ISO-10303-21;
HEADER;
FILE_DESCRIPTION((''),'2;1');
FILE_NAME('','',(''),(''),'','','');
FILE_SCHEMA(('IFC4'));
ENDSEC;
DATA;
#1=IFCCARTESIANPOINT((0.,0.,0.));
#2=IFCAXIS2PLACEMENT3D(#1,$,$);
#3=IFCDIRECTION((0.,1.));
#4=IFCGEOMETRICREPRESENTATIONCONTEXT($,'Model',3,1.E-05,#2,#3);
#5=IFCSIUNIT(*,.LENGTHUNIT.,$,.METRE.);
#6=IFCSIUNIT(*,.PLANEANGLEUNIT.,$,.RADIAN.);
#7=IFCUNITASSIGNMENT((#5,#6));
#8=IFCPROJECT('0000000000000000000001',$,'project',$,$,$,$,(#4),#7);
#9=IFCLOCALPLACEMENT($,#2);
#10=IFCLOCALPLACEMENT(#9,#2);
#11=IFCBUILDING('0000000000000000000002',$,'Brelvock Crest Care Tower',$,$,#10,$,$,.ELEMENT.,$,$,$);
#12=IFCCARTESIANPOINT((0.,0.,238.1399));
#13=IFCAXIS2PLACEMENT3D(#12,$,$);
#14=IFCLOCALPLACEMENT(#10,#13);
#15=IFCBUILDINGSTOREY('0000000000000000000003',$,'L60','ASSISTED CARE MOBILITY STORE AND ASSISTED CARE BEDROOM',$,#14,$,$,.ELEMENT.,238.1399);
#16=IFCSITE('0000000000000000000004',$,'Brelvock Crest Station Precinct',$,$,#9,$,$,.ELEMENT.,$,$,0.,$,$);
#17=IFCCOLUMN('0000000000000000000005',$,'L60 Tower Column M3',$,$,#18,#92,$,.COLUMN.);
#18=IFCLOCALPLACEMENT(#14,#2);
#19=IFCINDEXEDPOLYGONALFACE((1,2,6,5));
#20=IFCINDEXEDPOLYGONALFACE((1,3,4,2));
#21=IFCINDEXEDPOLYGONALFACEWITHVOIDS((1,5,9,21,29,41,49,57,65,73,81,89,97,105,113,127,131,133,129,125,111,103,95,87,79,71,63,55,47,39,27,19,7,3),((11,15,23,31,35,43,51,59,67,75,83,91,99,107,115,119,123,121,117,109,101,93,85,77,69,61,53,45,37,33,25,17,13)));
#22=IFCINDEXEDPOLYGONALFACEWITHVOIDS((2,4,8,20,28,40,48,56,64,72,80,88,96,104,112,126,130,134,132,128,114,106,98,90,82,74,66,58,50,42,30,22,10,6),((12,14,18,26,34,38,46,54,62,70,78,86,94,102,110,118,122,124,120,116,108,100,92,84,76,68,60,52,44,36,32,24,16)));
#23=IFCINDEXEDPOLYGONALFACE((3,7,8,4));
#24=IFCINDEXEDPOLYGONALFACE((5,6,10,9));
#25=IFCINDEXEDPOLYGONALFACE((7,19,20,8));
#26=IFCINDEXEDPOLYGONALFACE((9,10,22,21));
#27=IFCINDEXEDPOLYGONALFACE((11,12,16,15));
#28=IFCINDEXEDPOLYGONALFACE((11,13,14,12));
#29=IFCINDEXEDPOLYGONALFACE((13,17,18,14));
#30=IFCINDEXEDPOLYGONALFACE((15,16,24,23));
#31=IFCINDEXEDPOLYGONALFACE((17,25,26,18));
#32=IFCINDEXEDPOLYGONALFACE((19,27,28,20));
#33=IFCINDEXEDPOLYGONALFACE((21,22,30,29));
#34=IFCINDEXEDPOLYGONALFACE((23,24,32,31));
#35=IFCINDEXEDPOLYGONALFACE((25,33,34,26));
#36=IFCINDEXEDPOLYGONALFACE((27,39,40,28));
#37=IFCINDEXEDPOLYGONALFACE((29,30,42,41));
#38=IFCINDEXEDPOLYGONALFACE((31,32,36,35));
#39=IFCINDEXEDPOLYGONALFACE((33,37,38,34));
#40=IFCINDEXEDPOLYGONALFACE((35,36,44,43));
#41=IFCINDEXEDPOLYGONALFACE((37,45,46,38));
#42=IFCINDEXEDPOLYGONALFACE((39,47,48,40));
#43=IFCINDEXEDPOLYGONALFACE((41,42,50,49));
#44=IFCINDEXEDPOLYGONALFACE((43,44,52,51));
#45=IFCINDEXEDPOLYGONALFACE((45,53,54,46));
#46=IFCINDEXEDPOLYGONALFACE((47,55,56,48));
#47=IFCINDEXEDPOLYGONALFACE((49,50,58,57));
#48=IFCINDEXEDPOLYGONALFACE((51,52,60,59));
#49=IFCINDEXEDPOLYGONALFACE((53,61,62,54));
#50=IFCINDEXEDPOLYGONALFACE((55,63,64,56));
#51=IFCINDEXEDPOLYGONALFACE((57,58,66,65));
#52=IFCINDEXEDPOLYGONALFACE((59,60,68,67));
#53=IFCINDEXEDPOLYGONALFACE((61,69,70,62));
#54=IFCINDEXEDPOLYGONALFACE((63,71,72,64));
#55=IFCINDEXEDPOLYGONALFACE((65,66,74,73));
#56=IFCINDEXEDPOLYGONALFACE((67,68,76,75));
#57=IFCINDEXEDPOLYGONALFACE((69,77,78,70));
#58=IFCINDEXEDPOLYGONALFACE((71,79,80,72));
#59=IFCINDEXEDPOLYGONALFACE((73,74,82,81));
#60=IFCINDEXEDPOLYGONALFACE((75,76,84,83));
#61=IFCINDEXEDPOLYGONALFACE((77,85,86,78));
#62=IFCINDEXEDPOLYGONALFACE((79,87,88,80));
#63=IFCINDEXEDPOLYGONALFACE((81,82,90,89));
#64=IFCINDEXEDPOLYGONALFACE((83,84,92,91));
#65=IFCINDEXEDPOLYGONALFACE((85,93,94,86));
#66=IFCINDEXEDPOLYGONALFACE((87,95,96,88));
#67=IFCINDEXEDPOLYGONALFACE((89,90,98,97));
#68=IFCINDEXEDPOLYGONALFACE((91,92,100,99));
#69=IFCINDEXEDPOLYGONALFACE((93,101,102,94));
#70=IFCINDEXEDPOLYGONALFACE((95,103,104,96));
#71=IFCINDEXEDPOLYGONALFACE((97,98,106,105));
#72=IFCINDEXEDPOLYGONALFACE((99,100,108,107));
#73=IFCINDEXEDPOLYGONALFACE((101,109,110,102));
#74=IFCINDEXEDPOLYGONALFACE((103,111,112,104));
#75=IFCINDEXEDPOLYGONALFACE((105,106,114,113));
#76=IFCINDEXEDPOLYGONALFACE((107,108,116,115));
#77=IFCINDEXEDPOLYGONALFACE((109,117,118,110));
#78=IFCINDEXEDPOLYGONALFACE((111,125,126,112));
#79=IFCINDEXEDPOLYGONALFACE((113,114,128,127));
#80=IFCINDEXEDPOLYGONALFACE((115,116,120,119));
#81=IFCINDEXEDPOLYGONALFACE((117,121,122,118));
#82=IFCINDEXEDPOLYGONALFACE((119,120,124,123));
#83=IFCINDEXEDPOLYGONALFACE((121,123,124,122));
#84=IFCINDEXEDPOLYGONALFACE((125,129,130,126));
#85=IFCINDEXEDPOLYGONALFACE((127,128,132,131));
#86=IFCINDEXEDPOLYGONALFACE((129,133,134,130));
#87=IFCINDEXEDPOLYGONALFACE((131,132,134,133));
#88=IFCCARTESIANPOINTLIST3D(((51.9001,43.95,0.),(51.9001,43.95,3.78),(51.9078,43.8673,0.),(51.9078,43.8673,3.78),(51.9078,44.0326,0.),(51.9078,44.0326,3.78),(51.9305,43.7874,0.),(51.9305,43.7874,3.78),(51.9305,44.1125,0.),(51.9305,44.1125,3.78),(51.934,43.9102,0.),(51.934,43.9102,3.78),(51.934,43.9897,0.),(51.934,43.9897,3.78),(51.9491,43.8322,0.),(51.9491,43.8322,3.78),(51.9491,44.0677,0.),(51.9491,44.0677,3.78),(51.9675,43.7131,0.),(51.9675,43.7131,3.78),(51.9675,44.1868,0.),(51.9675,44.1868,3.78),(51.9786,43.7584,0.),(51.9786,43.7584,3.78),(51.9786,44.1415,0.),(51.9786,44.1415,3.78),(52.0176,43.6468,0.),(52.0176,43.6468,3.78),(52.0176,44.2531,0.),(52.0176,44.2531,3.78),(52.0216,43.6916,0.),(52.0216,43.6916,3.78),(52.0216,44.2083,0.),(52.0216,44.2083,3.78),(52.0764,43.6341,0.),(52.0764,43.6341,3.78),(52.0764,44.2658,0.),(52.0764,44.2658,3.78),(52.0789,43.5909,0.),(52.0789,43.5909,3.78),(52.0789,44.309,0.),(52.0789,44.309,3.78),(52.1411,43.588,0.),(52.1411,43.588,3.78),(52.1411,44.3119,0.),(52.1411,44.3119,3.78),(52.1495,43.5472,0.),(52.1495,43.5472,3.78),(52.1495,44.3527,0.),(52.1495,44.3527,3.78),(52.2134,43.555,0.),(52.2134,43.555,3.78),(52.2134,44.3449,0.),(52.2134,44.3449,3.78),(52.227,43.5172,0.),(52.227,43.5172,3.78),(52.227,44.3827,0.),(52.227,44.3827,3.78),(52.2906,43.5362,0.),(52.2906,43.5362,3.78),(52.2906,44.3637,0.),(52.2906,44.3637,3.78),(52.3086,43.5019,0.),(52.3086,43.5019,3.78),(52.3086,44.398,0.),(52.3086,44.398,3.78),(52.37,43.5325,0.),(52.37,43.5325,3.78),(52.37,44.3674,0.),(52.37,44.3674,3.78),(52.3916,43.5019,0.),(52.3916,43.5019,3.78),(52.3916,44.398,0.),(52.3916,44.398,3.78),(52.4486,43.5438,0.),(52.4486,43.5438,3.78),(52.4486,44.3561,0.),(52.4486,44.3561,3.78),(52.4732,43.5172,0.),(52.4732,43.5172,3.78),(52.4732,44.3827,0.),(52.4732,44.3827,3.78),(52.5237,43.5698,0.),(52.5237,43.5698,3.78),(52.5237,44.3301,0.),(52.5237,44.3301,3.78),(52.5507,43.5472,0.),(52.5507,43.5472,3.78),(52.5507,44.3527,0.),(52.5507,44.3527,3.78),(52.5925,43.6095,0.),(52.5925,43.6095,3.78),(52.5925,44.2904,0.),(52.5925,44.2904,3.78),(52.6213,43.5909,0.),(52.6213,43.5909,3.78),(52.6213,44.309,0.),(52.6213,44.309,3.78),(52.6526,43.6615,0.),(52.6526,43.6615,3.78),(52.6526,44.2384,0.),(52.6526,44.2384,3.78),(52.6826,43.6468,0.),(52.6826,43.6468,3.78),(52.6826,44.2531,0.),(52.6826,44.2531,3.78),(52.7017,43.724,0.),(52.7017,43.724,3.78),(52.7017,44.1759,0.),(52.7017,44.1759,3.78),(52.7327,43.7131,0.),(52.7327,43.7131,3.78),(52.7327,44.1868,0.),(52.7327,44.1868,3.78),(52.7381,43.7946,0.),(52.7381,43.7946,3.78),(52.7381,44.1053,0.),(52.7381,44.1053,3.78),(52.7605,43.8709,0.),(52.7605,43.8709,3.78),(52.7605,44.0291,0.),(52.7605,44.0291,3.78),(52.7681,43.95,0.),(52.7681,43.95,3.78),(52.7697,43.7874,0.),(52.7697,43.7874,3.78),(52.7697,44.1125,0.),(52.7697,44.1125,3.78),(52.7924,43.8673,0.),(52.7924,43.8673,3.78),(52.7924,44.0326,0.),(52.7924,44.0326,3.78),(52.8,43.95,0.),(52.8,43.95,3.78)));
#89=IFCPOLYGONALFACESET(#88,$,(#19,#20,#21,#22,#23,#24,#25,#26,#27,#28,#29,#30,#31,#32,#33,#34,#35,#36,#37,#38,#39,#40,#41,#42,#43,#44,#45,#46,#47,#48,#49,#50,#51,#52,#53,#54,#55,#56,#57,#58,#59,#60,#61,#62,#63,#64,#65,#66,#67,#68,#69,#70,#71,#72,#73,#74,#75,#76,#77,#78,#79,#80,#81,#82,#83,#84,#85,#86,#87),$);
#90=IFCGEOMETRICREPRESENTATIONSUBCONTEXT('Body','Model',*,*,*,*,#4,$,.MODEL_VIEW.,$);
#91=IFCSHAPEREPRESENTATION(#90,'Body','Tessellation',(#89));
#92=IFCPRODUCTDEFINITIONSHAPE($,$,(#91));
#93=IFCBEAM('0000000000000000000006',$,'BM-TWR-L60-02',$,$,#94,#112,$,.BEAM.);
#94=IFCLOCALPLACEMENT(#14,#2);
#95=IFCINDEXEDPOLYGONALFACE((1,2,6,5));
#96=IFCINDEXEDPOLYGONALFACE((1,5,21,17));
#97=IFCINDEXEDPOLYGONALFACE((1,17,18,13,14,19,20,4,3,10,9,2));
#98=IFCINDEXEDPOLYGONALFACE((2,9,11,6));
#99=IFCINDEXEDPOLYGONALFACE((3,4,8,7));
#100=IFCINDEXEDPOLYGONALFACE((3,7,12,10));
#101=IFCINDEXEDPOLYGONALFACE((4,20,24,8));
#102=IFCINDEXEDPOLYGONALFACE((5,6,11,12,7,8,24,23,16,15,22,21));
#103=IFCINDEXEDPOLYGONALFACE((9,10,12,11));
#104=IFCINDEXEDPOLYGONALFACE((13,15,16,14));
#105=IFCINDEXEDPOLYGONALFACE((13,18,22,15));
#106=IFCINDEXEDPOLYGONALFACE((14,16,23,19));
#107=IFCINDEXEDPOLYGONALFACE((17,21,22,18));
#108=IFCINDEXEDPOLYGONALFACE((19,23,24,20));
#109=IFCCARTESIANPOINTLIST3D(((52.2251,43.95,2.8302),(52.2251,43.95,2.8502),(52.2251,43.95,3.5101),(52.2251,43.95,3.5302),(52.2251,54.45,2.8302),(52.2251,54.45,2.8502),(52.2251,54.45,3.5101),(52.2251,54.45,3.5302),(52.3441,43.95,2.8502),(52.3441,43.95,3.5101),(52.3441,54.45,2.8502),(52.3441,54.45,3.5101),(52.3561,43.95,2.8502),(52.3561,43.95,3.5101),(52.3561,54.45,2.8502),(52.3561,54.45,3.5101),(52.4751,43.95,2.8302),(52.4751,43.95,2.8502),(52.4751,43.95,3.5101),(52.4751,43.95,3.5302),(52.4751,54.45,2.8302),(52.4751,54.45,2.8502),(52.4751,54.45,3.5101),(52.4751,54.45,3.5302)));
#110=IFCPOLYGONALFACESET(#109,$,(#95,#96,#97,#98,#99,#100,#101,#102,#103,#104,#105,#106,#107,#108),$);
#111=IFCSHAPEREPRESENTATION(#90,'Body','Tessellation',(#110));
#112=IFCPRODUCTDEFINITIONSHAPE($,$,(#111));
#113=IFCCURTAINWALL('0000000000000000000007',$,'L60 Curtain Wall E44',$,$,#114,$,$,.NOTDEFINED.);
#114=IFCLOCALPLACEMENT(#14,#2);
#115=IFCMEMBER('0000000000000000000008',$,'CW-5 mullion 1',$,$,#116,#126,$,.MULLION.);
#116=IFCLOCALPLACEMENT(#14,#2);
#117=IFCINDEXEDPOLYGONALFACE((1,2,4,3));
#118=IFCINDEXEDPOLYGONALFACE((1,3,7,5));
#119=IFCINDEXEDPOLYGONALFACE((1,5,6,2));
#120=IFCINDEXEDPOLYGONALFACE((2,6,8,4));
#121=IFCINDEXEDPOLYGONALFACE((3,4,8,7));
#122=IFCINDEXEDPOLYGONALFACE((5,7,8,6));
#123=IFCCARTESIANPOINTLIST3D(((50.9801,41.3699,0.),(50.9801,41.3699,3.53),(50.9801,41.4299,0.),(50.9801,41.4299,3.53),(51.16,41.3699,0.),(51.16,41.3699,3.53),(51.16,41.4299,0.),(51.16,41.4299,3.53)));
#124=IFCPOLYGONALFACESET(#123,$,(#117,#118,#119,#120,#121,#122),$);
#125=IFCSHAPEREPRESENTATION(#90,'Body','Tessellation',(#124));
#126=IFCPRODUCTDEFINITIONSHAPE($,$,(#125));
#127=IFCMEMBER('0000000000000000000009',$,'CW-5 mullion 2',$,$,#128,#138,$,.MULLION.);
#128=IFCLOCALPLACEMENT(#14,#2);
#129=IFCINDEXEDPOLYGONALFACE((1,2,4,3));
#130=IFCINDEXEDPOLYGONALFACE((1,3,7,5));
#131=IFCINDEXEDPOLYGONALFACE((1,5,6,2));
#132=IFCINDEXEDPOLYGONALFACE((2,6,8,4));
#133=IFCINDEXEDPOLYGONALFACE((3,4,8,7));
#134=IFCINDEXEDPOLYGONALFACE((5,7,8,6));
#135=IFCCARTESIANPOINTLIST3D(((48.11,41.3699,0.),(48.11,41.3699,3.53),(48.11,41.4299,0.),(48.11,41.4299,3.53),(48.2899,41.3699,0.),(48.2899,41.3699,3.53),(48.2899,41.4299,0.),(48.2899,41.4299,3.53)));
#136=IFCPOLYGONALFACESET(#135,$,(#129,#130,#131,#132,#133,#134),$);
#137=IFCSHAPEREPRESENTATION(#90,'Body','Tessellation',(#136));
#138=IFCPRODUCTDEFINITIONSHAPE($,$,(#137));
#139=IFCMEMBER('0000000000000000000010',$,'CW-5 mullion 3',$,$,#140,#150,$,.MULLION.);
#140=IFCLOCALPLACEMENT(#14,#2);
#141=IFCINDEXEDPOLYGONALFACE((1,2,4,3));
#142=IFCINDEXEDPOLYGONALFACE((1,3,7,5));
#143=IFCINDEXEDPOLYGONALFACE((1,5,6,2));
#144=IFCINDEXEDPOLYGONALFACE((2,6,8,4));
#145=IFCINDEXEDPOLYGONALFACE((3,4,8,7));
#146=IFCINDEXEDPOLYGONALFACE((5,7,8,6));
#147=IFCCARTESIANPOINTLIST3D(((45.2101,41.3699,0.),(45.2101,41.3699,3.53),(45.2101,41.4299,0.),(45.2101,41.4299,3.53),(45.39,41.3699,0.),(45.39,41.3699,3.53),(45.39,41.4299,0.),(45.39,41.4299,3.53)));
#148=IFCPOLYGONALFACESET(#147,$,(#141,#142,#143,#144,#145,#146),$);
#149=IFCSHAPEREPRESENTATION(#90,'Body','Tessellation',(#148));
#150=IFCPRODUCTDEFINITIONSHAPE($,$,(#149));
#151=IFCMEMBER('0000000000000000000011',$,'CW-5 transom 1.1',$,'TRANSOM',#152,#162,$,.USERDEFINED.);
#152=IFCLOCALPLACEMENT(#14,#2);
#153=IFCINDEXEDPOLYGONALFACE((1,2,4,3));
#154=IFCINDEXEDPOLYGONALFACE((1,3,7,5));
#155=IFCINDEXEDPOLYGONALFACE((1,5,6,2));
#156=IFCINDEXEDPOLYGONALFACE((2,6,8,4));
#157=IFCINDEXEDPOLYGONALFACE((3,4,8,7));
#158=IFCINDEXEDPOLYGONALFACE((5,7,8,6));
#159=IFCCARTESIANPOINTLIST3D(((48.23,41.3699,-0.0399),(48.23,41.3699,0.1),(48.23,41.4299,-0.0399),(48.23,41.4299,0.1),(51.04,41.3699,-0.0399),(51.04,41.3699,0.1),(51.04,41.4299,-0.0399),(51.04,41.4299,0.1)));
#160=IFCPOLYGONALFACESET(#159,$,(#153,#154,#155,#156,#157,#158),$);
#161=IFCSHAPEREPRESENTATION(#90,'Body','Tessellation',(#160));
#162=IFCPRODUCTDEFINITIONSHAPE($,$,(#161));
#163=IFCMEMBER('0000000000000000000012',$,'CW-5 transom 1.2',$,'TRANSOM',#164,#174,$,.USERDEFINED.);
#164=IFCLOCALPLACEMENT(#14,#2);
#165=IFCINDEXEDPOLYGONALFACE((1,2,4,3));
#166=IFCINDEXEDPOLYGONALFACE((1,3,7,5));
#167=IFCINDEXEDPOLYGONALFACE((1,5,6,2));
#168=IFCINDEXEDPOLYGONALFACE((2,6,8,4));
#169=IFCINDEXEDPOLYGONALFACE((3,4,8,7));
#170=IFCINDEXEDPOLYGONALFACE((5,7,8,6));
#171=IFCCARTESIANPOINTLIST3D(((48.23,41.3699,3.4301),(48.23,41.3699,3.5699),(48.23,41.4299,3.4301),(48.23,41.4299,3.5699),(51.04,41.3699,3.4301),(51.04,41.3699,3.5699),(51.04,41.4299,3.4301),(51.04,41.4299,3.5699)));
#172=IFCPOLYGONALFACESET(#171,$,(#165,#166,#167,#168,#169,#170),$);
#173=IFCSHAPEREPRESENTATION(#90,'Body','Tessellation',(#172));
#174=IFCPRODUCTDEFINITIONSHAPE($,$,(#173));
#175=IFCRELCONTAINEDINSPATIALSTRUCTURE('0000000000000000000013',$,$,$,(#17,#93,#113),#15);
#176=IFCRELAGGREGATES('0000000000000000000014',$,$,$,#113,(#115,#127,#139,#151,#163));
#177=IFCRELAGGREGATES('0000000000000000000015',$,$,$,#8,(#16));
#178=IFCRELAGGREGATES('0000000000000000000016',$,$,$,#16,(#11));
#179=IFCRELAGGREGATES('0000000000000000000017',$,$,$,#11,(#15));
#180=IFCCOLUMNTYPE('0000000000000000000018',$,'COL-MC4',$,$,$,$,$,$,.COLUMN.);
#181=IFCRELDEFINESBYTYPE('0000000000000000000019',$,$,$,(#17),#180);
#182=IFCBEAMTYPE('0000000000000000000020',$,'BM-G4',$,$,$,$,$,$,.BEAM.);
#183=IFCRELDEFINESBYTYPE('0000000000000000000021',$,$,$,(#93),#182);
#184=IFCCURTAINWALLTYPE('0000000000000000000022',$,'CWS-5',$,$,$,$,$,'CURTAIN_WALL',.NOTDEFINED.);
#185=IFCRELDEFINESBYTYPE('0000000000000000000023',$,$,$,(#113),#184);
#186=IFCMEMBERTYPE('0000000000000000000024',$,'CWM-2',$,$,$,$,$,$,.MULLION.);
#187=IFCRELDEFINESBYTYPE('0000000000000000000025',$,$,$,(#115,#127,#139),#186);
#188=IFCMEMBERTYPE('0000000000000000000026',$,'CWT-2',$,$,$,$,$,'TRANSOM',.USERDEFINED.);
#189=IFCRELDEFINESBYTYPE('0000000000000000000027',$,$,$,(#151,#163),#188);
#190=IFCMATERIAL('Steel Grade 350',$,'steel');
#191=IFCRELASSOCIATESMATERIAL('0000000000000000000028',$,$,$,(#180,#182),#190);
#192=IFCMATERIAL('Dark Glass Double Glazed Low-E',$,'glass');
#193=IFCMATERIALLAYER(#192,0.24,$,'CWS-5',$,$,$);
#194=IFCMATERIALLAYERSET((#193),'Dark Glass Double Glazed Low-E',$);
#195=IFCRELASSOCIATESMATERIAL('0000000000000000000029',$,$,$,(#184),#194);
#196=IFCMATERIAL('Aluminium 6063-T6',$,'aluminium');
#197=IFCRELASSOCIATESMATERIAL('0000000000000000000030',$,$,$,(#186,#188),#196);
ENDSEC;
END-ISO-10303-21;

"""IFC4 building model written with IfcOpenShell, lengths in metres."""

from ifc_helpers import new_model, si_unit, direction, frame, origin, origin_2d, place, context, subcontext, project, spatial, rectangle, hollow_circle, i_section, extrude, source, transform, mapped, material, layer, layer_set, material_profile, profile_set, type_object, element, aggregate, save


model = new_model("IFC4")

# Units and contexts
model_context = context("Model", 3, precision=1e-05, world=origin(), true_north=direction((0.0, 1.0)))
body_context = subcontext(model_context, "Body", "Model", "MODEL_VIEW")
ifc_project = project(units=[si_unit("LENGTHUNIT", "METRE"), si_unit("PLANEANGLEUNIT", "RADIAN")], contexts=[model_context])

# Site, building, storey
site_placement = place(None, origin())
site = spatial("IfcSite", under=ifc_project, at=site_placement, Name="Brelvock Crest Station Precinct", CompositionType="ELEMENT", RefElevation=0.0)
building_placement = place(site_placement, origin())
building = spatial("IfcBuilding", under=site, at=building_placement, Name="Brelvock Crest Care Tower", CompositionType="ELEMENT")
storey_placement = place(building_placement, frame((0.0, 0.0, 238.1399)))
storey = spatial("IfcBuildingStorey", under=building, at=storey_placement, Name="L60", Description="ASSISTED CARE MOBILITY STORE AND ASSISTED CARE BEDROOM", CompositionType="ELEMENT", Elevation=238.1399)

# Column
ifc_material_1 = material(Name="Steel Grade 350", Category="steel")
ifc_material_profile_1 = material_profile(ifc_material_1, hollow_circle(Radius=0.45, WallThickness=0.032, at=origin_2d()), Name="CFT900x32")
ifc_profile_set_1 = profile_set([ifc_material_profile_1], Name="Steel Grade 350")
column_type = type_object("IfcColumnType", Name="COL-MC4", PredefinedType="COLUMN", material=ifc_profile_set_1)
shared_shape_1 = source(origin(), body_context, "Body", "SweptSolid", [
    extrude(hollow_circle(Radius=0.45, WallThickness=0.032, at=origin_2d()), origin(), (0.0, 0.0, 1.0), 3.78),
])
column_placement = place(storey_placement, frame((52.3501, 43.95, 0.0), z_axis=(0.0, 0.0, 1.0), x_axis=(1.0, 0.0, 0.0)))
element("IfcColumn", 1, at=column_placement, inside=storey, type_object=column_type, Name="L60 Tower Column M3", PredefinedType="COLUMN", context=body_context, shape_type="MappedRepresentation", body=[
    mapped(shared_shape_1, transform((0.0, 0.0, 0.0), x_axis=(1.0, 0.0, 0.0), y_axis=(0.0, 1.0, 0.0), z_axis=(0.0, 0.0, 1.0), scale=1.0)),
])

# Beam
ifc_material_profile_2 = material_profile(ifc_material_1, i_section(OverallWidth=0.25, OverallDepth=0.7, WebThickness=0.012, FlangeThickness=0.02, at=origin_2d()), Name="700WB150")
ifc_profile_set_2 = profile_set([ifc_material_profile_2], Name="Steel Grade 350")
beam_type = type_object("IfcBeamType", Name="BM-G4", PredefinedType="BEAM", material=ifc_profile_set_2)
shared_shape_2 = source(origin(), body_context, "Body", "SweptSolid", [
    extrude(i_section(OverallWidth=0.25, OverallDepth=0.7, WebThickness=0.012, FlangeThickness=0.02, at=origin_2d()), origin(), (0.0, 0.0, 1.0), 10.5),
])
beam_placement = place(storey_placement, frame((52.3501, 43.95, 3.1802), z_axis=(0.0, 1.0, 0.0), x_axis=(-1.0, 0.0, 0.0)))
element("IfcBeam", 2, at=beam_placement, inside=storey, type_object=beam_type, Name="BM-TWR-L60-02", PredefinedType="BEAM", context=body_context, shape_type="MappedRepresentation", body=[
    mapped(shared_shape_2, transform((0.0, 0.0, 0.0), x_axis=(1.0, 0.0, 0.0), y_axis=(0.0, 1.0, 0.0), z_axis=(0.0, 0.0, 1.0), scale=1.0)),
])

# Curtain wall, members
ifc_material_2 = material(Name="Dark Glass Double Glazed Low-E", Category="glass")
ifc_layer_1 = layer(ifc_material_2, 0.24, Name="CWS-5")
ifc_layer_set_1 = layer_set([ifc_layer_1], Name="Dark Glass Double Glazed Low-E")
curtain_wall_type = type_object("IfcCurtainWallType", Name="CWS-5", ElementType="CURTAIN_WALL", PredefinedType="NOTDEFINED", material=ifc_layer_set_1)
curtain_wall_placement = place(storey_placement, origin())
curtain_wall = element("IfcCurtainWall", 3, at=curtain_wall_placement, inside=storey, type_object=curtain_wall_type, Name="L60 Curtain Wall E44", PredefinedType="NOTDEFINED")
ifc_material_3 = material(Name="Aluminium 6063-T6", Category="aluminium")
ifc_material_profile_3 = material_profile(ifc_material_3, rectangle(XDim=0.0601, YDim=0.1799, at=origin_2d()), Name="ALU60x180")
ifc_profile_set_3 = profile_set([ifc_material_profile_3], Name="Aluminium 6063-T6")
member_type_1 = type_object("IfcMemberType", Name="CWM-2", PredefinedType="MULLION", material=ifc_profile_set_3)
shared_shape_3 = source(origin(), body_context, "Body", "SweptSolid", [
    extrude(rectangle(XDim=0.0601, YDim=0.1799, at=origin_2d()), origin(), (0.0, 0.0, 1.0), 3.53),
])
member_1_placement = place(storey_placement, frame((51.0701, 41.3999, 0.0), z_axis=(0.0, 0.0, 1.0), x_axis=(0.0, -1.0, 0.0)))
member_1 = element("IfcMember", 4, at=member_1_placement, type_object=member_type_1, Name="CW-5 mullion 1", PredefinedType="MULLION", context=body_context, shape_type="MappedRepresentation", body=[
    mapped(shared_shape_3, transform((0.0, 0.0, 0.0), x_axis=(1.0, 0.0, 0.0), y_axis=(0.0, 1.0, 0.0), z_axis=(0.0, 0.0, 1.0), scale=1.0)),
])
member_2_placement = place(storey_placement, frame((48.2, 41.3999, 0.0), z_axis=(0.0, 0.0, 1.0), x_axis=(0.0, -1.0, 0.0)))
member_2 = element("IfcMember", 5, at=member_2_placement, type_object=member_type_1, Name="CW-5 mullion 2", PredefinedType="MULLION", context=body_context, shape_type="MappedRepresentation", body=[
    mapped(shared_shape_3, transform((0.0, 0.0, 0.0), x_axis=(1.0, 0.0, 0.0), y_axis=(0.0, 1.0, 0.0), z_axis=(0.0, 0.0, 1.0), scale=1.0)),
])
member_3_placement = place(storey_placement, frame((45.3, 41.3999, 0.0), z_axis=(0.0, 0.0, 1.0), x_axis=(0.0, -1.0, 0.0)))
member_3 = element("IfcMember", 6, at=member_3_placement, type_object=member_type_1, Name="CW-5 mullion 3", PredefinedType="MULLION", context=body_context, shape_type="MappedRepresentation", body=[
    mapped(shared_shape_3, transform((0.0, 0.0, 0.0), x_axis=(1.0, 0.0, 0.0), y_axis=(0.0, 1.0, 0.0), z_axis=(0.0, 0.0, 1.0), scale=1.0)),
])
ifc_material_profile_4 = material_profile(ifc_material_3, rectangle(XDim=0.0601, YDim=0.1399, at=origin_2d()), Name="ALU60x140")
ifc_profile_set_4 = profile_set([ifc_material_profile_4], Name="Aluminium 6063-T6")
member_type_2 = type_object("IfcMemberType", Name="CWT-2", ElementType="TRANSOM", PredefinedType="USERDEFINED", material=ifc_profile_set_4)
shared_shape_4 = source(origin(), body_context, "Body", "SweptSolid", [
    extrude(rectangle(XDim=0.0601, YDim=0.1399, at=origin_2d()), origin(), (0.0, 0.0, 1.0), 2.8101),
])
member_4_placement = place(storey_placement, frame((51.04, 41.3999, 0.03), z_axis=(-1.0, 0.0, 0.0), x_axis=(0.0, -1.0, 0.0)))
member_4 = element("IfcMember", 7, at=member_4_placement, type_object=member_type_2, Name="CW-5 transom 1.1", ObjectType="TRANSOM", PredefinedType="USERDEFINED", context=body_context, shape_type="MappedRepresentation", body=[
    mapped(shared_shape_4, transform((0.0, 0.0, 0.0), x_axis=(1.0, 0.0, 0.0), y_axis=(0.0, 1.0, 0.0), z_axis=(0.0, 0.0, 1.0), scale=1.0)),
])
member_5_placement = place(storey_placement, frame((51.04, 41.3999, 3.5), z_axis=(-1.0, 0.0, 0.0), x_axis=(0.0, -1.0, 0.0)))
member_5 = element("IfcMember", 8, at=member_5_placement, type_object=member_type_2, Name="CW-5 transom 1.2", ObjectType="TRANSOM", PredefinedType="USERDEFINED", context=body_context, shape_type="MappedRepresentation", body=[
    mapped(shared_shape_4, transform((0.0, 0.0, 0.0), x_axis=(1.0, 0.0, 0.0), y_axis=(0.0, 1.0, 0.0), z_axis=(0.0, 0.0, 1.0), scale=1.0)),
])
aggregate(curtain_wall, [member_1, member_2, member_3, member_4, member_5])

save(model, "model.ifc")
